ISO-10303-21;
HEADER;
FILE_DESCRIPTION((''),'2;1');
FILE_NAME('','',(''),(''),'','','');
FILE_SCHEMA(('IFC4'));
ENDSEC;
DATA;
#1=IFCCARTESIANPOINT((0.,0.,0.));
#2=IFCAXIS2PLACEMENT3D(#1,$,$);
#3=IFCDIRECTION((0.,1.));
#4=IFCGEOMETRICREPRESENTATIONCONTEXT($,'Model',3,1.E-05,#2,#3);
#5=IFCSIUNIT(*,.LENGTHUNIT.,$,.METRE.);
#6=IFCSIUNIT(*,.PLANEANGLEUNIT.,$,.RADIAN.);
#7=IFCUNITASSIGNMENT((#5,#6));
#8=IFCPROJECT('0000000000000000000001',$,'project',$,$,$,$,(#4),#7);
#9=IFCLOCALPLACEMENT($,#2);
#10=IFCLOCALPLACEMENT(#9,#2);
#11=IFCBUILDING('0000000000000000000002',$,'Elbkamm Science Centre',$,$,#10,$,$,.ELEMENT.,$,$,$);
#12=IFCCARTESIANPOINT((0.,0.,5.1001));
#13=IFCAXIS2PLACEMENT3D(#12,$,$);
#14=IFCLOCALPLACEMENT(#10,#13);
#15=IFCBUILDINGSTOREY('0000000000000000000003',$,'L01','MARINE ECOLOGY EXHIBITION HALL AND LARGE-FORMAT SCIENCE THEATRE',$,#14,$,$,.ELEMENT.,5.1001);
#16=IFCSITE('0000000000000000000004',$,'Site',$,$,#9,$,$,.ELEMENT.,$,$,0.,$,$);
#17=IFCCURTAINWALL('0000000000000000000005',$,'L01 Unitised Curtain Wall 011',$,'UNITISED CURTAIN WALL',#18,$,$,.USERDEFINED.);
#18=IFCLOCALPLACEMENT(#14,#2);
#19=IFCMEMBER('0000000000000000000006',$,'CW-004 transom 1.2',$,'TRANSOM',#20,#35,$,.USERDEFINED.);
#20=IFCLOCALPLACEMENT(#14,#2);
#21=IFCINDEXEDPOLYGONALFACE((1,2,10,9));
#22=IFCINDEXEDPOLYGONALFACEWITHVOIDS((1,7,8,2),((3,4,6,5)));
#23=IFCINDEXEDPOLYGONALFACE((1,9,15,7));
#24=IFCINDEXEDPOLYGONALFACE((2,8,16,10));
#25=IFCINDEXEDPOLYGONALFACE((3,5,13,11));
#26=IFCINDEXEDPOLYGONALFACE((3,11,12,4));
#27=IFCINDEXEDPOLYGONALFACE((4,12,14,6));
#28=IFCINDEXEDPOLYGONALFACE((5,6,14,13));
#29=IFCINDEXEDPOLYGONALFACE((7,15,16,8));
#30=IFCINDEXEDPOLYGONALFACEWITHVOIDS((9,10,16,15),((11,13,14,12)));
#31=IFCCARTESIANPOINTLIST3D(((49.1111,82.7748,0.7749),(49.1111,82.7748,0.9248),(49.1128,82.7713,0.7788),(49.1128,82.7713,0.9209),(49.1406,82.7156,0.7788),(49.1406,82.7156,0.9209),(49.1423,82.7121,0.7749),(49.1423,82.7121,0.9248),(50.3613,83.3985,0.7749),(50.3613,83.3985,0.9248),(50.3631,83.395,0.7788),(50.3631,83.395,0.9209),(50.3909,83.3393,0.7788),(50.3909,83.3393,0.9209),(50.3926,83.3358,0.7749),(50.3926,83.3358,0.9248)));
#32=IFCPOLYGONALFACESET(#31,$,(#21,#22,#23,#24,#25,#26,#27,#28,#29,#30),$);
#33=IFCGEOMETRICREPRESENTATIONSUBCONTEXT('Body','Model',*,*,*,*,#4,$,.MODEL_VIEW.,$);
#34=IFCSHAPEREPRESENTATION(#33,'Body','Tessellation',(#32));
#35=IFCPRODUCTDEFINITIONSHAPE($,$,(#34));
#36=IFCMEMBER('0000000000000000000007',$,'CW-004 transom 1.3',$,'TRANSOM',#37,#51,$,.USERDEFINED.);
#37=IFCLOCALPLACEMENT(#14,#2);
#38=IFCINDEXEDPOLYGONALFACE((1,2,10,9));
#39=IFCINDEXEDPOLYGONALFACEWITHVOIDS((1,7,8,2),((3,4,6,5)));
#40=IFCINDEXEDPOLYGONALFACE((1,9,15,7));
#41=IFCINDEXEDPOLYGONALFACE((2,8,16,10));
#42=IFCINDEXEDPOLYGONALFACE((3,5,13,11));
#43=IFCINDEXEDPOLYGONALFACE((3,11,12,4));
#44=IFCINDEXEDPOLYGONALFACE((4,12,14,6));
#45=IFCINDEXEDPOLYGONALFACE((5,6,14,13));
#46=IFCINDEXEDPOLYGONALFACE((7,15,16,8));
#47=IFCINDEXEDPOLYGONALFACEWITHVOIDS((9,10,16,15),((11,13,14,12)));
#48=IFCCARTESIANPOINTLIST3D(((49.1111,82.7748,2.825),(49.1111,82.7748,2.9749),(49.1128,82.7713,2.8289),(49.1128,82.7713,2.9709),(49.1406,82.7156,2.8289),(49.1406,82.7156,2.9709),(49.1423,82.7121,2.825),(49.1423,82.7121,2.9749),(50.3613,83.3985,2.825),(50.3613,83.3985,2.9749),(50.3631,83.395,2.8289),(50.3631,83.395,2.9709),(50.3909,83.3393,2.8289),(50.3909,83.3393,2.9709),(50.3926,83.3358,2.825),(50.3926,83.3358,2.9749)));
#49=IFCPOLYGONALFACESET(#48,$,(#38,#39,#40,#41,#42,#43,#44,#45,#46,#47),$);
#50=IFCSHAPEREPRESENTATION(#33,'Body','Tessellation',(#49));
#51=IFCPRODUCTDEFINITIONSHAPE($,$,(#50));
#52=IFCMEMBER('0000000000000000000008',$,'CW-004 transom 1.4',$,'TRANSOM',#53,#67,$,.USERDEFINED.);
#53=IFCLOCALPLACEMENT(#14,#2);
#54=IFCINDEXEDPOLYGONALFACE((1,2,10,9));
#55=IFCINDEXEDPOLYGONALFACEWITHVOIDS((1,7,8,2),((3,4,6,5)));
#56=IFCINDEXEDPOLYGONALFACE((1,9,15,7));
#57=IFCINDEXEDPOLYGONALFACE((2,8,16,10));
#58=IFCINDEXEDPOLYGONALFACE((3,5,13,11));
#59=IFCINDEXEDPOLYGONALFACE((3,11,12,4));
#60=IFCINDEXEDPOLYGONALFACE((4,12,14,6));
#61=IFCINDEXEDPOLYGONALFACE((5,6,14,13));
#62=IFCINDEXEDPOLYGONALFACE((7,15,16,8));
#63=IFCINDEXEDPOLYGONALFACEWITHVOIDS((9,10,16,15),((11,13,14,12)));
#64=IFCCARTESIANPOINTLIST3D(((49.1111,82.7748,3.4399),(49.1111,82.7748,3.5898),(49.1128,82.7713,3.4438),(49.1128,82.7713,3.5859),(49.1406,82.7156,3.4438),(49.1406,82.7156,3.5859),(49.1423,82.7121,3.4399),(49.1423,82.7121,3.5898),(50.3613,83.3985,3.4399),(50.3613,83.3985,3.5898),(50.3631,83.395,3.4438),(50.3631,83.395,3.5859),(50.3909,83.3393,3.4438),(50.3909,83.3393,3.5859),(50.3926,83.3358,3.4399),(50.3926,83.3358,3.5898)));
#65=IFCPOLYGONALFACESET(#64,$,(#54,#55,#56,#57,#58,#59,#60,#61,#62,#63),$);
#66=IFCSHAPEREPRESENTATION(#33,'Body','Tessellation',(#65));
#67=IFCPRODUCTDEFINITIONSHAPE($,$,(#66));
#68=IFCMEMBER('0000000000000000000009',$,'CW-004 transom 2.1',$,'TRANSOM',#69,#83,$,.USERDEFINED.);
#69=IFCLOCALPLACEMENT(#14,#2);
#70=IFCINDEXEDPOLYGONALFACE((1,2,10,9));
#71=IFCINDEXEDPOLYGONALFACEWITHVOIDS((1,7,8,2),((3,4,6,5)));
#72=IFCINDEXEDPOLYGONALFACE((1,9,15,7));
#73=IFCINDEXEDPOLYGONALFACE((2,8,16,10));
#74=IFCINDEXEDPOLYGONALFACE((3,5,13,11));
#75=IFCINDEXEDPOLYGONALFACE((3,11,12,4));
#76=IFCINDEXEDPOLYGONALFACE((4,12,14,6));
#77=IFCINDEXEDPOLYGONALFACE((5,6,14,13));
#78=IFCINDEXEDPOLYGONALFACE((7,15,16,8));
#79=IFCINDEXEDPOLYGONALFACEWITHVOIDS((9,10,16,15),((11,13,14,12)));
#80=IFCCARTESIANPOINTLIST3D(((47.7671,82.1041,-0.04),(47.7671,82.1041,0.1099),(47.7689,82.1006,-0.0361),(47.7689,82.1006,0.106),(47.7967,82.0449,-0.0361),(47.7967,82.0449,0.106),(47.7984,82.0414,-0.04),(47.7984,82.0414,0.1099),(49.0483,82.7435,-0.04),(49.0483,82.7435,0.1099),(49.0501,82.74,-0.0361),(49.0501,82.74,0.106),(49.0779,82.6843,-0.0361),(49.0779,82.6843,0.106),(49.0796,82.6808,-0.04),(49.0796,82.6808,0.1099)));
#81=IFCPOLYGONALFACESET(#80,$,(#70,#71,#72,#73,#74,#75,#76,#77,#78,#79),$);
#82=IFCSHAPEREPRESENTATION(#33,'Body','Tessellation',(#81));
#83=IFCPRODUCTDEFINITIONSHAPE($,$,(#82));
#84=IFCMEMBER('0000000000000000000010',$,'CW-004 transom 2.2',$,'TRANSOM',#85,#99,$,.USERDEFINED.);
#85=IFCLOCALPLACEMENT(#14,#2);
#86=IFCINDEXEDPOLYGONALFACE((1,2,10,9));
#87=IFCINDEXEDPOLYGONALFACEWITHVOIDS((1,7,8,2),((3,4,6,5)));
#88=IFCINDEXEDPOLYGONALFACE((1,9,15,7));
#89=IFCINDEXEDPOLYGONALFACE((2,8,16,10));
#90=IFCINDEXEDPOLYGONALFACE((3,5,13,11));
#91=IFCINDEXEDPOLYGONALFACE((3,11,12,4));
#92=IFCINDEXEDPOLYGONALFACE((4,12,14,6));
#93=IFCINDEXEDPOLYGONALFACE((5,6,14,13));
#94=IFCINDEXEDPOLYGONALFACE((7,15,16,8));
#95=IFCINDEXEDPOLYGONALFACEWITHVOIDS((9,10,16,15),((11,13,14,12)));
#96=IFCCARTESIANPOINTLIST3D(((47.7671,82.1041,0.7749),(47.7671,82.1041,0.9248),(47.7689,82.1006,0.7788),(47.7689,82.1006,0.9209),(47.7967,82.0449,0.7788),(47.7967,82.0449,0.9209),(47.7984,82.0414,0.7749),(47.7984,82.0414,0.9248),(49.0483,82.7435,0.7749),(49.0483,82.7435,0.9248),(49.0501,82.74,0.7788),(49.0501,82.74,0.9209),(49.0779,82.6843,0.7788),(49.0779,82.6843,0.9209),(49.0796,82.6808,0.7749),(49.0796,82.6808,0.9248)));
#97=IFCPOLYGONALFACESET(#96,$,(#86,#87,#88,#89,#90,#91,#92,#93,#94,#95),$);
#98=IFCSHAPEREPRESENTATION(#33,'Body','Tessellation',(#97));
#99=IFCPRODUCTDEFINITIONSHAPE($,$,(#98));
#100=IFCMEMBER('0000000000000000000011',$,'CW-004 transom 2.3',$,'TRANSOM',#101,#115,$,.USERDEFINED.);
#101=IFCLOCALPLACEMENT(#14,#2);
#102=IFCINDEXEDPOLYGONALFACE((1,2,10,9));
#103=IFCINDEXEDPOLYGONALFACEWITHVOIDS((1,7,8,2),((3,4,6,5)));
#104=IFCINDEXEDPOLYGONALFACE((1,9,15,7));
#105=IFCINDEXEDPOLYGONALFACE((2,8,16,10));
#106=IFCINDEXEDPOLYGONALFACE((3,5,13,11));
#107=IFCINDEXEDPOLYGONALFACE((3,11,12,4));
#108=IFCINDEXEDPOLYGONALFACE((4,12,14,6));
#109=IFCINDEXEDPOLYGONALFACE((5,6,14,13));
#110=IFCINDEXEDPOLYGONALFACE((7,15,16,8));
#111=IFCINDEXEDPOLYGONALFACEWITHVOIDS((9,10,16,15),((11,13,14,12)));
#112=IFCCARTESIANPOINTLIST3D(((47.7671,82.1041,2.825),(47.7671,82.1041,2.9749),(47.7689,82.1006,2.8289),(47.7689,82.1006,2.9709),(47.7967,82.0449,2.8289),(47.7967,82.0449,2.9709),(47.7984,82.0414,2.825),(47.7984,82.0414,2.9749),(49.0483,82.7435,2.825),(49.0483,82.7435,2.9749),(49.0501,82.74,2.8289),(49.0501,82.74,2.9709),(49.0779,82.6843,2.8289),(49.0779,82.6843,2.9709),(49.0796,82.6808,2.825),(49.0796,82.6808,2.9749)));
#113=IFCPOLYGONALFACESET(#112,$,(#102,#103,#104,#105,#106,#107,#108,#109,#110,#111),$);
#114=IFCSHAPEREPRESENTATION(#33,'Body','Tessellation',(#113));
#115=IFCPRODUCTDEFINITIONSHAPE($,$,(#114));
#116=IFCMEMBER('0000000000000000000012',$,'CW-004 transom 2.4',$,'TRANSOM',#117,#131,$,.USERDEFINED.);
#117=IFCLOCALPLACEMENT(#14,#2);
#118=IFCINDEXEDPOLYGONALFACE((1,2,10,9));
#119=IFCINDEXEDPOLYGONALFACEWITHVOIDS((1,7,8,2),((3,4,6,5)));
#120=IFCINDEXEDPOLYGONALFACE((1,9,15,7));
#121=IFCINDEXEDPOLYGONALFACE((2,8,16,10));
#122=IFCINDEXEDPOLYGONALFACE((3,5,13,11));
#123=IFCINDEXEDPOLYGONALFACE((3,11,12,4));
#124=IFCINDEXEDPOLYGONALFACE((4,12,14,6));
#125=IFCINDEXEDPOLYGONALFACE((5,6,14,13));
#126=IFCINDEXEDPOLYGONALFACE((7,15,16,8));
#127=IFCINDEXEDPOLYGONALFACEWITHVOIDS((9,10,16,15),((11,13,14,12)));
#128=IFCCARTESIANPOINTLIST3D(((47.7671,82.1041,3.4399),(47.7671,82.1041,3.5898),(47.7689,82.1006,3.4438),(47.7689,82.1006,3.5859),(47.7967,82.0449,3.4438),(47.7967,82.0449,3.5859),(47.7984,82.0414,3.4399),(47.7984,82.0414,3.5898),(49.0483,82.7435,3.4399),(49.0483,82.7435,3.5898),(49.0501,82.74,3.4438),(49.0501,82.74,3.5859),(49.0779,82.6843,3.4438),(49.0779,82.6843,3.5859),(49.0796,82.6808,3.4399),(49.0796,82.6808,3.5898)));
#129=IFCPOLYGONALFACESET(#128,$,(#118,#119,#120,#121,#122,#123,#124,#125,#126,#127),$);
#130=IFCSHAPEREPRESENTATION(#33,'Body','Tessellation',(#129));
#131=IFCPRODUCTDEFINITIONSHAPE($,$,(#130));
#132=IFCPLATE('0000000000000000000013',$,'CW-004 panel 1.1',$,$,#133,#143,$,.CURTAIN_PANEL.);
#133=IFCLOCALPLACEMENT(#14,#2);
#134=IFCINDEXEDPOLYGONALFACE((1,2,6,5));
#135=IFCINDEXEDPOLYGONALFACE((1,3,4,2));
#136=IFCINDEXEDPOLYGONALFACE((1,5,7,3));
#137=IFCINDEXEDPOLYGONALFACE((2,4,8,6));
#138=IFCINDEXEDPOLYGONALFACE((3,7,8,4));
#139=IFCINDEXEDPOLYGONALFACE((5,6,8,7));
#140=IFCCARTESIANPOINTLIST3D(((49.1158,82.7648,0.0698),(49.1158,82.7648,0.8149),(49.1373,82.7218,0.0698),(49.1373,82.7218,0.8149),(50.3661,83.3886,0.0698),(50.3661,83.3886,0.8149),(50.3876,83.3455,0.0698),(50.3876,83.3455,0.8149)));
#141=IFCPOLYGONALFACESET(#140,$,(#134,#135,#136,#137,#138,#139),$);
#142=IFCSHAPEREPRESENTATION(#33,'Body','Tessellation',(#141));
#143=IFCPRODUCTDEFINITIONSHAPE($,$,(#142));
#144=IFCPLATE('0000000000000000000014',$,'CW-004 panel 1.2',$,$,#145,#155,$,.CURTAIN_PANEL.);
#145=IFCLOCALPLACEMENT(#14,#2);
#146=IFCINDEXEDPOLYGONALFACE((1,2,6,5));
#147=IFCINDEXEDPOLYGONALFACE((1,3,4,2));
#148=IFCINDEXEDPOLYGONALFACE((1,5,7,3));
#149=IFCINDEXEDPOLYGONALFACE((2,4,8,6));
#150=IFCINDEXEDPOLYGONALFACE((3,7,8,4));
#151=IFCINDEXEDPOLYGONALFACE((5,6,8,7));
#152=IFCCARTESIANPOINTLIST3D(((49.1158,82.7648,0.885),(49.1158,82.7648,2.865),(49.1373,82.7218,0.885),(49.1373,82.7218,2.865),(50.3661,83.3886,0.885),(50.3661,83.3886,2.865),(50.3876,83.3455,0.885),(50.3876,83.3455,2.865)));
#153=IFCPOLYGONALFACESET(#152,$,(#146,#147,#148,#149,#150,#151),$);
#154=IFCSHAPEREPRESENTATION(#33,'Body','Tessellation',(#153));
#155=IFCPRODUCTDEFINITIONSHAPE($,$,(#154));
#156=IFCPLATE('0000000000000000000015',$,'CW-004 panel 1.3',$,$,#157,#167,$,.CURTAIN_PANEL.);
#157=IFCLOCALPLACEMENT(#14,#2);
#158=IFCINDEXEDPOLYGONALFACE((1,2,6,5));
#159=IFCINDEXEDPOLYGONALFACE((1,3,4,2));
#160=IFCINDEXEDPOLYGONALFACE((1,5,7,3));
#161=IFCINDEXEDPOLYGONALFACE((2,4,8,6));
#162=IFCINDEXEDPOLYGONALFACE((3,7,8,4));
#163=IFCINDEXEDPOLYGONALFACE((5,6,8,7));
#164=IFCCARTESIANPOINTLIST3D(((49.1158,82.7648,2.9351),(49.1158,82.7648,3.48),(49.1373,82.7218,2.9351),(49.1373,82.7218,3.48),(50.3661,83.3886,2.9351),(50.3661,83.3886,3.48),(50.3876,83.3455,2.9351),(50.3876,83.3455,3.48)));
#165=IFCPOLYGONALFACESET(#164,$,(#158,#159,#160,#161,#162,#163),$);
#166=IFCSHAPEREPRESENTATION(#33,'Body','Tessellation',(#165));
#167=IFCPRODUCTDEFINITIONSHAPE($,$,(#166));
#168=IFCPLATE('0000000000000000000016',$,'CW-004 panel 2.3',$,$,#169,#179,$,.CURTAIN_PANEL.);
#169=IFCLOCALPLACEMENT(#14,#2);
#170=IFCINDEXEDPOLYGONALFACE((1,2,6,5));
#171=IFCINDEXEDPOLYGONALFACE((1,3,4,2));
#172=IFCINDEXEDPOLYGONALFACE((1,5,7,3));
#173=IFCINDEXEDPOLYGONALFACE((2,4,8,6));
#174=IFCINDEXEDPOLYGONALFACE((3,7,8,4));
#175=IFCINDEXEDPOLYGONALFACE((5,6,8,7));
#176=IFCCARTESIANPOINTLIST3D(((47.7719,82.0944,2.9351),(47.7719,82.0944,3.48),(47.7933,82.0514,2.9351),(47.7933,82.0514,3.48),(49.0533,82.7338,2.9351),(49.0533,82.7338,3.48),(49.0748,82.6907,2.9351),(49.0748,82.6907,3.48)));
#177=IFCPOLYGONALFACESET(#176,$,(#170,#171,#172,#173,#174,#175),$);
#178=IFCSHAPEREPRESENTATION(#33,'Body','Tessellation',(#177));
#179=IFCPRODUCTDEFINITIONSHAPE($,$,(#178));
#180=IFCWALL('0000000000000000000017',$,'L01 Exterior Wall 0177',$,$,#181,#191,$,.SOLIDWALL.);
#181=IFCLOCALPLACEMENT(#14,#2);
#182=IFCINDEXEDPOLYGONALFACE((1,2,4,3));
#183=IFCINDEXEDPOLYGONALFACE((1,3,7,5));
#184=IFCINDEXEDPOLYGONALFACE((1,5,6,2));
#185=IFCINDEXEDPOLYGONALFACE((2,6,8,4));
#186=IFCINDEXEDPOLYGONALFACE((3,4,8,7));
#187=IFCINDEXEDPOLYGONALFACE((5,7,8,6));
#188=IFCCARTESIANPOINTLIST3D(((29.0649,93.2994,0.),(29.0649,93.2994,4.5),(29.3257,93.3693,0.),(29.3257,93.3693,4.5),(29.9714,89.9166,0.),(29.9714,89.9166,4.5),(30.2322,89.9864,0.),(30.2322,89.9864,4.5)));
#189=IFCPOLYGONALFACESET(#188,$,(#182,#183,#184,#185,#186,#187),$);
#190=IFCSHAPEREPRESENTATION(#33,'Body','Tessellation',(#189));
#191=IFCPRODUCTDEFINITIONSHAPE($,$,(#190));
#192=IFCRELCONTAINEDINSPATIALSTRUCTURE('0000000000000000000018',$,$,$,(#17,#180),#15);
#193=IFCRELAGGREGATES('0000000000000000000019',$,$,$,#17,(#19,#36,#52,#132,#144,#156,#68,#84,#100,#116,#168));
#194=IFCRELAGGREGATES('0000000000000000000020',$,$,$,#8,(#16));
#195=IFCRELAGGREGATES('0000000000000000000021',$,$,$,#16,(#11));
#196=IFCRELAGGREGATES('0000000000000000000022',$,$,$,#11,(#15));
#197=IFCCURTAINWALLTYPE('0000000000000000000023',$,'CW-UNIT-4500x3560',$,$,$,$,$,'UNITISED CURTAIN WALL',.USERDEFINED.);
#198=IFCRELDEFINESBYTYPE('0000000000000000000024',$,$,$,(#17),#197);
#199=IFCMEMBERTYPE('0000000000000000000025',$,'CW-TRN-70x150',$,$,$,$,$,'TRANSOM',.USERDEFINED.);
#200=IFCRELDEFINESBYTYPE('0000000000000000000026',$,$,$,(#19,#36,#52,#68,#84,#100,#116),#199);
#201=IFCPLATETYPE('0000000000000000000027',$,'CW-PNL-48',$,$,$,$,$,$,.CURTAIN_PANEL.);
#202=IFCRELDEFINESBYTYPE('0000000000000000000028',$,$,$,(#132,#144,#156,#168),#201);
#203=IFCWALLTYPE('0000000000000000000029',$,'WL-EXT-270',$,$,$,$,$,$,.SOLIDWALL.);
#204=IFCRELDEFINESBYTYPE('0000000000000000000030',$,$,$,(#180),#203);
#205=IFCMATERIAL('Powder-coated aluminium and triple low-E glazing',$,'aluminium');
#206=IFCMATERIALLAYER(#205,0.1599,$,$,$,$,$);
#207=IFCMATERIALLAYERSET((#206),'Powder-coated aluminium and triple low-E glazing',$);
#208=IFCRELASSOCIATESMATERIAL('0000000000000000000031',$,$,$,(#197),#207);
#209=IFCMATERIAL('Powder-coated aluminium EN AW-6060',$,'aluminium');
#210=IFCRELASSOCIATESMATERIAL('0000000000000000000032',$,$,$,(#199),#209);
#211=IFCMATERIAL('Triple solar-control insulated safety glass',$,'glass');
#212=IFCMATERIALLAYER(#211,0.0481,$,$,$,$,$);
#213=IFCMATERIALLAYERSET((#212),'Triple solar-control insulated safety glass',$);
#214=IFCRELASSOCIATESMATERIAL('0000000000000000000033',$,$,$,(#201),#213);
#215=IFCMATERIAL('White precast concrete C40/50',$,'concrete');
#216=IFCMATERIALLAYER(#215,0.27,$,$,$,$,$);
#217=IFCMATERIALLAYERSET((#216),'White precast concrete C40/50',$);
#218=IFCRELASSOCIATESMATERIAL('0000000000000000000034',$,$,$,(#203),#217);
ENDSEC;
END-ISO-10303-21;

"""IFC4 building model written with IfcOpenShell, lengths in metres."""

from ifc_helpers import new_model, si_unit, direction, frame, frame_2d, origin, origin_2d, place, context, subcontext, project, spatial, rectangle, hollow_rectangle, extrude, material, layer, layer_set, material_profile, profile_set, type_object, element, aggregate, save


model = new_model("IFC4")

# Units and contexts
model_context = context("Model", 3, precision=1e-05, world=origin(), true_north=direction((0.0, 1.0)))
body_context = subcontext(model_context, "Body", "Model", "MODEL_VIEW")
ifc_project = project(units=[si_unit("LENGTHUNIT", "METRE"), si_unit("PLANEANGLEUNIT", "RADIAN")], contexts=[model_context])

# Site, building, storey
site_placement = place(None, origin())
site = spatial("IfcSite", under=ifc_project, at=site_placement, Name="Site", CompositionType="ELEMENT", RefElevation=0.0)
building_placement = place(site_placement, origin())
building = spatial("IfcBuilding", under=site, at=building_placement, Name="Elbkamm Science Centre", CompositionType="ELEMENT")
storey_placement = place(building_placement, frame((0.0, 0.0, 5.1001)))
storey = spatial("IfcBuildingStorey", under=building, at=storey_placement, Name="L01", Description="MARINE ECOLOGY EXHIBITION HALL AND LARGE-FORMAT SCIENCE THEATRE", CompositionType="ELEMENT", Elevation=5.1001)

# Curtain wall, members, plates
ifc_material_1 = material(Name="Powder-coated aluminium and triple low-E glazing", Category="aluminium")
ifc_layer_1 = layer(ifc_material_1, 0.1599)
ifc_layer_set_1 = layer_set([ifc_layer_1], Name="Powder-coated aluminium and triple low-E glazing")
curtain_wall_type = type_object("IfcCurtainWallType", Name="CW-UNIT-4500x3560", ElementType="UNITISED CURTAIN WALL", PredefinedType="USERDEFINED", material=ifc_layer_set_1)
curtain_wall_placement = place(storey_placement, origin())
curtain_wall = element("IfcCurtainWall", 1, at=curtain_wall_placement, inside=storey, type_object=curtain_wall_type, Name="L01 Unitised Curtain Wall 011", ObjectType="UNITISED CURTAIN WALL", PredefinedType="USERDEFINED")
ifc_material_2 = material(Name="Powder-coated aluminium EN AW-6060", Category="aluminium")
ifc_material_profile_1 = material_profile(ifc_material_2, hollow_rectangle(XDim=0.0701, YDim=0.1499, WallThickness=0.0039, at=origin_2d()), Name="ALU T70x150")
ifc_profile_set_1 = profile_set([ifc_material_profile_1], Name="Powder-coated aluminium EN AW-6060")
member_type_1 = type_object("IfcMemberType", Name="CW-TRN-70x150", ElementType="TRANSOM", PredefinedType="USERDEFINED", material=ifc_profile_set_1)
member_1_placement = place(storey_placement, frame((50.377, 83.3672, 0.8499), z_axis=(-0.894811, -0.446445, 0.0), x_axis=(0.446445, -0.894811, 0.0)))
member_1 = element("IfcMember", 2, at=member_1_placement, type_object=member_type_1, Name="CW-004 transom 1.2", ObjectType="TRANSOM", PredefinedType="USERDEFINED", context=body_context, shape_type="SweptSolid", body=[
    extrude(hollow_rectangle(XDim=0.0701, YDim=0.1499, WallThickness=0.0039, at=origin_2d()), origin(), (0.0, 0.0, 1.0), 1.3972),
])
member_2_placement = place(storey_placement, frame((50.377, 83.3672, 2.8999), z_axis=(-0.894811, -0.446445, 0.0), x_axis=(0.446445, -0.894811, 0.0)))
member_2 = element("IfcMember", 3, at=member_2_placement, type_object=member_type_1, Name="CW-004 transom 1.3", ObjectType="TRANSOM", PredefinedType="USERDEFINED", context=body_context, shape_type="SweptSolid", body=[
    extrude(hollow_rectangle(XDim=0.0701, YDim=0.1499, WallThickness=0.0039, at=origin_2d()), origin(), (0.0, 0.0, 1.0), 1.3972),
])
member_3_placement = place(storey_placement, frame((50.377, 83.3672, 3.5149), z_axis=(-0.894811, -0.446445, 0.0), x_axis=(0.446445, -0.894811, 0.0)))
member_3 = element("IfcMember", 4, at=member_3_placement, type_object=member_type_1, Name="CW-004 transom 1.4", ObjectType="TRANSOM", PredefinedType="USERDEFINED", context=body_context, shape_type="SweptSolid", body=[
    extrude(hollow_rectangle(XDim=0.0701, YDim=0.1499, WallThickness=0.0039, at=origin_2d()), origin(), (0.0, 0.0, 1.0), 1.3972),
])
member_4_placement = place(storey_placement, frame((49.064, 82.7122, 0.0349), z_axis=(-0.894768, -0.446531, 0.0), x_axis=(0.446531, -0.894768, 0.0)))
member_4 = element("IfcMember", 5, at=member_4_placement, type_object=member_type_1, Name="CW-004 transom 2.1", ObjectType="TRANSOM", PredefinedType="USERDEFINED", context=body_context, shape_type="SweptSolid", body=[
    extrude(hollow_rectangle(XDim=0.0701, YDim=0.1499, WallThickness=0.0039, at=origin_2d()), origin(), (0.0, 0.0, 1.0), 1.4319),
])
member_5_placement = place(storey_placement, frame((49.064, 82.7122, 0.8499), z_axis=(-0.894768, -0.446531, 0.0), x_axis=(0.446531, -0.894768, 0.0)))
member_5 = element("IfcMember", 6, at=member_5_placement, type_object=member_type_1, Name="CW-004 transom 2.2", ObjectType="TRANSOM", PredefinedType="USERDEFINED", context=body_context, shape_type="SweptSolid", body=[
    extrude(hollow_rectangle(XDim=0.0701, YDim=0.1499, WallThickness=0.0039, at=origin_2d()), origin(), (0.0, 0.0, 1.0), 1.4319),
])
member_6_placement = place(storey_placement, frame((49.064, 82.7122, 2.8999), z_axis=(-0.894768, -0.446531, 0.0), x_axis=(0.446531, -0.894768, 0.0)))
member_6 = element("IfcMember", 7, at=member_6_placement, type_object=member_type_1, Name="CW-004 transom 2.3", ObjectType="TRANSOM", PredefinedType="USERDEFINED", context=body_context, shape_type="SweptSolid", body=[
    extrude(hollow_rectangle(XDim=0.0701, YDim=0.1499, WallThickness=0.0039, at=origin_2d()), origin(), (0.0, 0.0, 1.0), 1.4319),
])
member_7_placement = place(storey_placement, frame((49.064, 82.7122, 3.5149), z_axis=(-0.894768, -0.446531, 0.0), x_axis=(0.446531, -0.894768, 0.0)))
member_7 = element("IfcMember", 8, at=member_7_placement, type_object=member_type_1, Name="CW-004 transom 2.4", ObjectType="TRANSOM", PredefinedType="USERDEFINED", context=body_context, shape_type="SweptSolid", body=[
    extrude(hollow_rectangle(XDim=0.0701, YDim=0.1499, WallThickness=0.0039, at=origin_2d()), origin(), (0.0, 0.0, 1.0), 1.4319),
])
ifc_material_3 = material(Name="Triple solar-control insulated safety glass", Category="glass")
ifc_layer_2 = layer(ifc_material_3, 0.0481)
ifc_layer_set_2 = layer_set([ifc_layer_2], Name="Triple solar-control insulated safety glass")
plate_type = type_object("IfcPlateType", Name="CW-PNL-48", PredefinedType="CURTAIN_PANEL", material=ifc_layer_set_2)
plate_1_placement = place(storey_placement, frame((49.7517, 83.0552, 0.0698), z_axis=(0.0, 0.0, 1.0), x_axis=(-0.894813, -0.446441, 0.0)))
plate_1 = element("IfcPlate", 9, at=plate_1_placement, type_object=plate_type, Name="CW-004 panel 1.1", PredefinedType="CURTAIN_PANEL", context=body_context, shape_type="SweptSolid", body=[
    extrude(rectangle(XDim=1.3972, YDim=0.0481, at=origin_2d()), origin(), (0.0, 0.0, 1.0), 0.7451),
])
plate_2_placement = place(storey_placement, frame((49.7517, 83.0552, 0.885), z_axis=(0.0, 0.0, 1.0), x_axis=(-0.894813, -0.446441, 0.0)))
plate_2 = element("IfcPlate", 10, at=plate_2_placement, type_object=plate_type, Name="CW-004 panel 1.2", PredefinedType="CURTAIN_PANEL", context=body_context, shape_type="SweptSolid", body=[
    extrude(rectangle(XDim=1.3972, YDim=0.0481, at=origin_2d()), origin(), (0.0, 0.0, 1.0), 1.98),
])
plate_3_placement = place(storey_placement, frame((49.7517, 83.0552, 2.9351), z_axis=(0.0, 0.0, 1.0), x_axis=(-0.894813, -0.446441, 0.0)))
plate_3 = element("IfcPlate", 11, at=plate_3_placement, type_object=plate_type, Name="CW-004 panel 1.3", PredefinedType="CURTAIN_PANEL", context=body_context, shape_type="SweptSolid", body=[
    extrude(rectangle(XDim=1.3972, YDim=0.0481, at=origin_2d()), origin(), (0.0, 0.0, 1.0), 0.5449),
])
plate_4_placement = place(storey_placement, frame((48.4233, 82.3926, 2.9351), z_axis=(0.0, 0.0, 1.0), x_axis=(-0.894813, -0.446441, 0.0)))
plate_4 = element("IfcPlate", 12, at=plate_4_placement, type_object=plate_type, Name="CW-004 panel 2.3", PredefinedType="CURTAIN_PANEL", context=body_context, shape_type="SweptSolid", body=[
    extrude(rectangle(XDim=1.4321, YDim=0.0481, at=origin_2d()), origin(), (0.0, 0.0, 1.0), 0.5449),
])
aggregate(curtain_wall, [member_1, member_2, member_3, plate_1, plate_2, plate_3, member_4, member_5, member_6, member_7, plate_4])

# Wall
ifc_material_4 = material(Name="White precast concrete C40/50", Category="concrete")
ifc_layer_3 = layer(ifc_material_4, 0.27)
ifc_layer_set_3 = layer_set([ifc_layer_3], Name="White precast concrete C40/50")
wall_type_1 = type_object("IfcWallType", Name="WL-EXT-270", PredefinedType="SOLIDWALL", material=ifc_layer_set_3)
wall_1_placement = place(storey_placement, frame((29.1953, 93.3342, 0.0), z_axis=(0.0, 0.0, 1.0), x_axis=(0.258838, -0.965921, 0.0)))
element("IfcWall", 13, at=wall_1_placement, inside=storey, type_object=wall_type_1, Name="L01 Exterior Wall 0177", PredefinedType="SOLIDWALL", context=body_context, shape_type="SweptSolid", body=[
    extrude(rectangle(XDim=3.5022, YDim=0.27, at=frame_2d((1.751, 0.0))), origin(), (0.0, 0.0, 1.0), 4.5),
])

save(model, "model.ifc")
